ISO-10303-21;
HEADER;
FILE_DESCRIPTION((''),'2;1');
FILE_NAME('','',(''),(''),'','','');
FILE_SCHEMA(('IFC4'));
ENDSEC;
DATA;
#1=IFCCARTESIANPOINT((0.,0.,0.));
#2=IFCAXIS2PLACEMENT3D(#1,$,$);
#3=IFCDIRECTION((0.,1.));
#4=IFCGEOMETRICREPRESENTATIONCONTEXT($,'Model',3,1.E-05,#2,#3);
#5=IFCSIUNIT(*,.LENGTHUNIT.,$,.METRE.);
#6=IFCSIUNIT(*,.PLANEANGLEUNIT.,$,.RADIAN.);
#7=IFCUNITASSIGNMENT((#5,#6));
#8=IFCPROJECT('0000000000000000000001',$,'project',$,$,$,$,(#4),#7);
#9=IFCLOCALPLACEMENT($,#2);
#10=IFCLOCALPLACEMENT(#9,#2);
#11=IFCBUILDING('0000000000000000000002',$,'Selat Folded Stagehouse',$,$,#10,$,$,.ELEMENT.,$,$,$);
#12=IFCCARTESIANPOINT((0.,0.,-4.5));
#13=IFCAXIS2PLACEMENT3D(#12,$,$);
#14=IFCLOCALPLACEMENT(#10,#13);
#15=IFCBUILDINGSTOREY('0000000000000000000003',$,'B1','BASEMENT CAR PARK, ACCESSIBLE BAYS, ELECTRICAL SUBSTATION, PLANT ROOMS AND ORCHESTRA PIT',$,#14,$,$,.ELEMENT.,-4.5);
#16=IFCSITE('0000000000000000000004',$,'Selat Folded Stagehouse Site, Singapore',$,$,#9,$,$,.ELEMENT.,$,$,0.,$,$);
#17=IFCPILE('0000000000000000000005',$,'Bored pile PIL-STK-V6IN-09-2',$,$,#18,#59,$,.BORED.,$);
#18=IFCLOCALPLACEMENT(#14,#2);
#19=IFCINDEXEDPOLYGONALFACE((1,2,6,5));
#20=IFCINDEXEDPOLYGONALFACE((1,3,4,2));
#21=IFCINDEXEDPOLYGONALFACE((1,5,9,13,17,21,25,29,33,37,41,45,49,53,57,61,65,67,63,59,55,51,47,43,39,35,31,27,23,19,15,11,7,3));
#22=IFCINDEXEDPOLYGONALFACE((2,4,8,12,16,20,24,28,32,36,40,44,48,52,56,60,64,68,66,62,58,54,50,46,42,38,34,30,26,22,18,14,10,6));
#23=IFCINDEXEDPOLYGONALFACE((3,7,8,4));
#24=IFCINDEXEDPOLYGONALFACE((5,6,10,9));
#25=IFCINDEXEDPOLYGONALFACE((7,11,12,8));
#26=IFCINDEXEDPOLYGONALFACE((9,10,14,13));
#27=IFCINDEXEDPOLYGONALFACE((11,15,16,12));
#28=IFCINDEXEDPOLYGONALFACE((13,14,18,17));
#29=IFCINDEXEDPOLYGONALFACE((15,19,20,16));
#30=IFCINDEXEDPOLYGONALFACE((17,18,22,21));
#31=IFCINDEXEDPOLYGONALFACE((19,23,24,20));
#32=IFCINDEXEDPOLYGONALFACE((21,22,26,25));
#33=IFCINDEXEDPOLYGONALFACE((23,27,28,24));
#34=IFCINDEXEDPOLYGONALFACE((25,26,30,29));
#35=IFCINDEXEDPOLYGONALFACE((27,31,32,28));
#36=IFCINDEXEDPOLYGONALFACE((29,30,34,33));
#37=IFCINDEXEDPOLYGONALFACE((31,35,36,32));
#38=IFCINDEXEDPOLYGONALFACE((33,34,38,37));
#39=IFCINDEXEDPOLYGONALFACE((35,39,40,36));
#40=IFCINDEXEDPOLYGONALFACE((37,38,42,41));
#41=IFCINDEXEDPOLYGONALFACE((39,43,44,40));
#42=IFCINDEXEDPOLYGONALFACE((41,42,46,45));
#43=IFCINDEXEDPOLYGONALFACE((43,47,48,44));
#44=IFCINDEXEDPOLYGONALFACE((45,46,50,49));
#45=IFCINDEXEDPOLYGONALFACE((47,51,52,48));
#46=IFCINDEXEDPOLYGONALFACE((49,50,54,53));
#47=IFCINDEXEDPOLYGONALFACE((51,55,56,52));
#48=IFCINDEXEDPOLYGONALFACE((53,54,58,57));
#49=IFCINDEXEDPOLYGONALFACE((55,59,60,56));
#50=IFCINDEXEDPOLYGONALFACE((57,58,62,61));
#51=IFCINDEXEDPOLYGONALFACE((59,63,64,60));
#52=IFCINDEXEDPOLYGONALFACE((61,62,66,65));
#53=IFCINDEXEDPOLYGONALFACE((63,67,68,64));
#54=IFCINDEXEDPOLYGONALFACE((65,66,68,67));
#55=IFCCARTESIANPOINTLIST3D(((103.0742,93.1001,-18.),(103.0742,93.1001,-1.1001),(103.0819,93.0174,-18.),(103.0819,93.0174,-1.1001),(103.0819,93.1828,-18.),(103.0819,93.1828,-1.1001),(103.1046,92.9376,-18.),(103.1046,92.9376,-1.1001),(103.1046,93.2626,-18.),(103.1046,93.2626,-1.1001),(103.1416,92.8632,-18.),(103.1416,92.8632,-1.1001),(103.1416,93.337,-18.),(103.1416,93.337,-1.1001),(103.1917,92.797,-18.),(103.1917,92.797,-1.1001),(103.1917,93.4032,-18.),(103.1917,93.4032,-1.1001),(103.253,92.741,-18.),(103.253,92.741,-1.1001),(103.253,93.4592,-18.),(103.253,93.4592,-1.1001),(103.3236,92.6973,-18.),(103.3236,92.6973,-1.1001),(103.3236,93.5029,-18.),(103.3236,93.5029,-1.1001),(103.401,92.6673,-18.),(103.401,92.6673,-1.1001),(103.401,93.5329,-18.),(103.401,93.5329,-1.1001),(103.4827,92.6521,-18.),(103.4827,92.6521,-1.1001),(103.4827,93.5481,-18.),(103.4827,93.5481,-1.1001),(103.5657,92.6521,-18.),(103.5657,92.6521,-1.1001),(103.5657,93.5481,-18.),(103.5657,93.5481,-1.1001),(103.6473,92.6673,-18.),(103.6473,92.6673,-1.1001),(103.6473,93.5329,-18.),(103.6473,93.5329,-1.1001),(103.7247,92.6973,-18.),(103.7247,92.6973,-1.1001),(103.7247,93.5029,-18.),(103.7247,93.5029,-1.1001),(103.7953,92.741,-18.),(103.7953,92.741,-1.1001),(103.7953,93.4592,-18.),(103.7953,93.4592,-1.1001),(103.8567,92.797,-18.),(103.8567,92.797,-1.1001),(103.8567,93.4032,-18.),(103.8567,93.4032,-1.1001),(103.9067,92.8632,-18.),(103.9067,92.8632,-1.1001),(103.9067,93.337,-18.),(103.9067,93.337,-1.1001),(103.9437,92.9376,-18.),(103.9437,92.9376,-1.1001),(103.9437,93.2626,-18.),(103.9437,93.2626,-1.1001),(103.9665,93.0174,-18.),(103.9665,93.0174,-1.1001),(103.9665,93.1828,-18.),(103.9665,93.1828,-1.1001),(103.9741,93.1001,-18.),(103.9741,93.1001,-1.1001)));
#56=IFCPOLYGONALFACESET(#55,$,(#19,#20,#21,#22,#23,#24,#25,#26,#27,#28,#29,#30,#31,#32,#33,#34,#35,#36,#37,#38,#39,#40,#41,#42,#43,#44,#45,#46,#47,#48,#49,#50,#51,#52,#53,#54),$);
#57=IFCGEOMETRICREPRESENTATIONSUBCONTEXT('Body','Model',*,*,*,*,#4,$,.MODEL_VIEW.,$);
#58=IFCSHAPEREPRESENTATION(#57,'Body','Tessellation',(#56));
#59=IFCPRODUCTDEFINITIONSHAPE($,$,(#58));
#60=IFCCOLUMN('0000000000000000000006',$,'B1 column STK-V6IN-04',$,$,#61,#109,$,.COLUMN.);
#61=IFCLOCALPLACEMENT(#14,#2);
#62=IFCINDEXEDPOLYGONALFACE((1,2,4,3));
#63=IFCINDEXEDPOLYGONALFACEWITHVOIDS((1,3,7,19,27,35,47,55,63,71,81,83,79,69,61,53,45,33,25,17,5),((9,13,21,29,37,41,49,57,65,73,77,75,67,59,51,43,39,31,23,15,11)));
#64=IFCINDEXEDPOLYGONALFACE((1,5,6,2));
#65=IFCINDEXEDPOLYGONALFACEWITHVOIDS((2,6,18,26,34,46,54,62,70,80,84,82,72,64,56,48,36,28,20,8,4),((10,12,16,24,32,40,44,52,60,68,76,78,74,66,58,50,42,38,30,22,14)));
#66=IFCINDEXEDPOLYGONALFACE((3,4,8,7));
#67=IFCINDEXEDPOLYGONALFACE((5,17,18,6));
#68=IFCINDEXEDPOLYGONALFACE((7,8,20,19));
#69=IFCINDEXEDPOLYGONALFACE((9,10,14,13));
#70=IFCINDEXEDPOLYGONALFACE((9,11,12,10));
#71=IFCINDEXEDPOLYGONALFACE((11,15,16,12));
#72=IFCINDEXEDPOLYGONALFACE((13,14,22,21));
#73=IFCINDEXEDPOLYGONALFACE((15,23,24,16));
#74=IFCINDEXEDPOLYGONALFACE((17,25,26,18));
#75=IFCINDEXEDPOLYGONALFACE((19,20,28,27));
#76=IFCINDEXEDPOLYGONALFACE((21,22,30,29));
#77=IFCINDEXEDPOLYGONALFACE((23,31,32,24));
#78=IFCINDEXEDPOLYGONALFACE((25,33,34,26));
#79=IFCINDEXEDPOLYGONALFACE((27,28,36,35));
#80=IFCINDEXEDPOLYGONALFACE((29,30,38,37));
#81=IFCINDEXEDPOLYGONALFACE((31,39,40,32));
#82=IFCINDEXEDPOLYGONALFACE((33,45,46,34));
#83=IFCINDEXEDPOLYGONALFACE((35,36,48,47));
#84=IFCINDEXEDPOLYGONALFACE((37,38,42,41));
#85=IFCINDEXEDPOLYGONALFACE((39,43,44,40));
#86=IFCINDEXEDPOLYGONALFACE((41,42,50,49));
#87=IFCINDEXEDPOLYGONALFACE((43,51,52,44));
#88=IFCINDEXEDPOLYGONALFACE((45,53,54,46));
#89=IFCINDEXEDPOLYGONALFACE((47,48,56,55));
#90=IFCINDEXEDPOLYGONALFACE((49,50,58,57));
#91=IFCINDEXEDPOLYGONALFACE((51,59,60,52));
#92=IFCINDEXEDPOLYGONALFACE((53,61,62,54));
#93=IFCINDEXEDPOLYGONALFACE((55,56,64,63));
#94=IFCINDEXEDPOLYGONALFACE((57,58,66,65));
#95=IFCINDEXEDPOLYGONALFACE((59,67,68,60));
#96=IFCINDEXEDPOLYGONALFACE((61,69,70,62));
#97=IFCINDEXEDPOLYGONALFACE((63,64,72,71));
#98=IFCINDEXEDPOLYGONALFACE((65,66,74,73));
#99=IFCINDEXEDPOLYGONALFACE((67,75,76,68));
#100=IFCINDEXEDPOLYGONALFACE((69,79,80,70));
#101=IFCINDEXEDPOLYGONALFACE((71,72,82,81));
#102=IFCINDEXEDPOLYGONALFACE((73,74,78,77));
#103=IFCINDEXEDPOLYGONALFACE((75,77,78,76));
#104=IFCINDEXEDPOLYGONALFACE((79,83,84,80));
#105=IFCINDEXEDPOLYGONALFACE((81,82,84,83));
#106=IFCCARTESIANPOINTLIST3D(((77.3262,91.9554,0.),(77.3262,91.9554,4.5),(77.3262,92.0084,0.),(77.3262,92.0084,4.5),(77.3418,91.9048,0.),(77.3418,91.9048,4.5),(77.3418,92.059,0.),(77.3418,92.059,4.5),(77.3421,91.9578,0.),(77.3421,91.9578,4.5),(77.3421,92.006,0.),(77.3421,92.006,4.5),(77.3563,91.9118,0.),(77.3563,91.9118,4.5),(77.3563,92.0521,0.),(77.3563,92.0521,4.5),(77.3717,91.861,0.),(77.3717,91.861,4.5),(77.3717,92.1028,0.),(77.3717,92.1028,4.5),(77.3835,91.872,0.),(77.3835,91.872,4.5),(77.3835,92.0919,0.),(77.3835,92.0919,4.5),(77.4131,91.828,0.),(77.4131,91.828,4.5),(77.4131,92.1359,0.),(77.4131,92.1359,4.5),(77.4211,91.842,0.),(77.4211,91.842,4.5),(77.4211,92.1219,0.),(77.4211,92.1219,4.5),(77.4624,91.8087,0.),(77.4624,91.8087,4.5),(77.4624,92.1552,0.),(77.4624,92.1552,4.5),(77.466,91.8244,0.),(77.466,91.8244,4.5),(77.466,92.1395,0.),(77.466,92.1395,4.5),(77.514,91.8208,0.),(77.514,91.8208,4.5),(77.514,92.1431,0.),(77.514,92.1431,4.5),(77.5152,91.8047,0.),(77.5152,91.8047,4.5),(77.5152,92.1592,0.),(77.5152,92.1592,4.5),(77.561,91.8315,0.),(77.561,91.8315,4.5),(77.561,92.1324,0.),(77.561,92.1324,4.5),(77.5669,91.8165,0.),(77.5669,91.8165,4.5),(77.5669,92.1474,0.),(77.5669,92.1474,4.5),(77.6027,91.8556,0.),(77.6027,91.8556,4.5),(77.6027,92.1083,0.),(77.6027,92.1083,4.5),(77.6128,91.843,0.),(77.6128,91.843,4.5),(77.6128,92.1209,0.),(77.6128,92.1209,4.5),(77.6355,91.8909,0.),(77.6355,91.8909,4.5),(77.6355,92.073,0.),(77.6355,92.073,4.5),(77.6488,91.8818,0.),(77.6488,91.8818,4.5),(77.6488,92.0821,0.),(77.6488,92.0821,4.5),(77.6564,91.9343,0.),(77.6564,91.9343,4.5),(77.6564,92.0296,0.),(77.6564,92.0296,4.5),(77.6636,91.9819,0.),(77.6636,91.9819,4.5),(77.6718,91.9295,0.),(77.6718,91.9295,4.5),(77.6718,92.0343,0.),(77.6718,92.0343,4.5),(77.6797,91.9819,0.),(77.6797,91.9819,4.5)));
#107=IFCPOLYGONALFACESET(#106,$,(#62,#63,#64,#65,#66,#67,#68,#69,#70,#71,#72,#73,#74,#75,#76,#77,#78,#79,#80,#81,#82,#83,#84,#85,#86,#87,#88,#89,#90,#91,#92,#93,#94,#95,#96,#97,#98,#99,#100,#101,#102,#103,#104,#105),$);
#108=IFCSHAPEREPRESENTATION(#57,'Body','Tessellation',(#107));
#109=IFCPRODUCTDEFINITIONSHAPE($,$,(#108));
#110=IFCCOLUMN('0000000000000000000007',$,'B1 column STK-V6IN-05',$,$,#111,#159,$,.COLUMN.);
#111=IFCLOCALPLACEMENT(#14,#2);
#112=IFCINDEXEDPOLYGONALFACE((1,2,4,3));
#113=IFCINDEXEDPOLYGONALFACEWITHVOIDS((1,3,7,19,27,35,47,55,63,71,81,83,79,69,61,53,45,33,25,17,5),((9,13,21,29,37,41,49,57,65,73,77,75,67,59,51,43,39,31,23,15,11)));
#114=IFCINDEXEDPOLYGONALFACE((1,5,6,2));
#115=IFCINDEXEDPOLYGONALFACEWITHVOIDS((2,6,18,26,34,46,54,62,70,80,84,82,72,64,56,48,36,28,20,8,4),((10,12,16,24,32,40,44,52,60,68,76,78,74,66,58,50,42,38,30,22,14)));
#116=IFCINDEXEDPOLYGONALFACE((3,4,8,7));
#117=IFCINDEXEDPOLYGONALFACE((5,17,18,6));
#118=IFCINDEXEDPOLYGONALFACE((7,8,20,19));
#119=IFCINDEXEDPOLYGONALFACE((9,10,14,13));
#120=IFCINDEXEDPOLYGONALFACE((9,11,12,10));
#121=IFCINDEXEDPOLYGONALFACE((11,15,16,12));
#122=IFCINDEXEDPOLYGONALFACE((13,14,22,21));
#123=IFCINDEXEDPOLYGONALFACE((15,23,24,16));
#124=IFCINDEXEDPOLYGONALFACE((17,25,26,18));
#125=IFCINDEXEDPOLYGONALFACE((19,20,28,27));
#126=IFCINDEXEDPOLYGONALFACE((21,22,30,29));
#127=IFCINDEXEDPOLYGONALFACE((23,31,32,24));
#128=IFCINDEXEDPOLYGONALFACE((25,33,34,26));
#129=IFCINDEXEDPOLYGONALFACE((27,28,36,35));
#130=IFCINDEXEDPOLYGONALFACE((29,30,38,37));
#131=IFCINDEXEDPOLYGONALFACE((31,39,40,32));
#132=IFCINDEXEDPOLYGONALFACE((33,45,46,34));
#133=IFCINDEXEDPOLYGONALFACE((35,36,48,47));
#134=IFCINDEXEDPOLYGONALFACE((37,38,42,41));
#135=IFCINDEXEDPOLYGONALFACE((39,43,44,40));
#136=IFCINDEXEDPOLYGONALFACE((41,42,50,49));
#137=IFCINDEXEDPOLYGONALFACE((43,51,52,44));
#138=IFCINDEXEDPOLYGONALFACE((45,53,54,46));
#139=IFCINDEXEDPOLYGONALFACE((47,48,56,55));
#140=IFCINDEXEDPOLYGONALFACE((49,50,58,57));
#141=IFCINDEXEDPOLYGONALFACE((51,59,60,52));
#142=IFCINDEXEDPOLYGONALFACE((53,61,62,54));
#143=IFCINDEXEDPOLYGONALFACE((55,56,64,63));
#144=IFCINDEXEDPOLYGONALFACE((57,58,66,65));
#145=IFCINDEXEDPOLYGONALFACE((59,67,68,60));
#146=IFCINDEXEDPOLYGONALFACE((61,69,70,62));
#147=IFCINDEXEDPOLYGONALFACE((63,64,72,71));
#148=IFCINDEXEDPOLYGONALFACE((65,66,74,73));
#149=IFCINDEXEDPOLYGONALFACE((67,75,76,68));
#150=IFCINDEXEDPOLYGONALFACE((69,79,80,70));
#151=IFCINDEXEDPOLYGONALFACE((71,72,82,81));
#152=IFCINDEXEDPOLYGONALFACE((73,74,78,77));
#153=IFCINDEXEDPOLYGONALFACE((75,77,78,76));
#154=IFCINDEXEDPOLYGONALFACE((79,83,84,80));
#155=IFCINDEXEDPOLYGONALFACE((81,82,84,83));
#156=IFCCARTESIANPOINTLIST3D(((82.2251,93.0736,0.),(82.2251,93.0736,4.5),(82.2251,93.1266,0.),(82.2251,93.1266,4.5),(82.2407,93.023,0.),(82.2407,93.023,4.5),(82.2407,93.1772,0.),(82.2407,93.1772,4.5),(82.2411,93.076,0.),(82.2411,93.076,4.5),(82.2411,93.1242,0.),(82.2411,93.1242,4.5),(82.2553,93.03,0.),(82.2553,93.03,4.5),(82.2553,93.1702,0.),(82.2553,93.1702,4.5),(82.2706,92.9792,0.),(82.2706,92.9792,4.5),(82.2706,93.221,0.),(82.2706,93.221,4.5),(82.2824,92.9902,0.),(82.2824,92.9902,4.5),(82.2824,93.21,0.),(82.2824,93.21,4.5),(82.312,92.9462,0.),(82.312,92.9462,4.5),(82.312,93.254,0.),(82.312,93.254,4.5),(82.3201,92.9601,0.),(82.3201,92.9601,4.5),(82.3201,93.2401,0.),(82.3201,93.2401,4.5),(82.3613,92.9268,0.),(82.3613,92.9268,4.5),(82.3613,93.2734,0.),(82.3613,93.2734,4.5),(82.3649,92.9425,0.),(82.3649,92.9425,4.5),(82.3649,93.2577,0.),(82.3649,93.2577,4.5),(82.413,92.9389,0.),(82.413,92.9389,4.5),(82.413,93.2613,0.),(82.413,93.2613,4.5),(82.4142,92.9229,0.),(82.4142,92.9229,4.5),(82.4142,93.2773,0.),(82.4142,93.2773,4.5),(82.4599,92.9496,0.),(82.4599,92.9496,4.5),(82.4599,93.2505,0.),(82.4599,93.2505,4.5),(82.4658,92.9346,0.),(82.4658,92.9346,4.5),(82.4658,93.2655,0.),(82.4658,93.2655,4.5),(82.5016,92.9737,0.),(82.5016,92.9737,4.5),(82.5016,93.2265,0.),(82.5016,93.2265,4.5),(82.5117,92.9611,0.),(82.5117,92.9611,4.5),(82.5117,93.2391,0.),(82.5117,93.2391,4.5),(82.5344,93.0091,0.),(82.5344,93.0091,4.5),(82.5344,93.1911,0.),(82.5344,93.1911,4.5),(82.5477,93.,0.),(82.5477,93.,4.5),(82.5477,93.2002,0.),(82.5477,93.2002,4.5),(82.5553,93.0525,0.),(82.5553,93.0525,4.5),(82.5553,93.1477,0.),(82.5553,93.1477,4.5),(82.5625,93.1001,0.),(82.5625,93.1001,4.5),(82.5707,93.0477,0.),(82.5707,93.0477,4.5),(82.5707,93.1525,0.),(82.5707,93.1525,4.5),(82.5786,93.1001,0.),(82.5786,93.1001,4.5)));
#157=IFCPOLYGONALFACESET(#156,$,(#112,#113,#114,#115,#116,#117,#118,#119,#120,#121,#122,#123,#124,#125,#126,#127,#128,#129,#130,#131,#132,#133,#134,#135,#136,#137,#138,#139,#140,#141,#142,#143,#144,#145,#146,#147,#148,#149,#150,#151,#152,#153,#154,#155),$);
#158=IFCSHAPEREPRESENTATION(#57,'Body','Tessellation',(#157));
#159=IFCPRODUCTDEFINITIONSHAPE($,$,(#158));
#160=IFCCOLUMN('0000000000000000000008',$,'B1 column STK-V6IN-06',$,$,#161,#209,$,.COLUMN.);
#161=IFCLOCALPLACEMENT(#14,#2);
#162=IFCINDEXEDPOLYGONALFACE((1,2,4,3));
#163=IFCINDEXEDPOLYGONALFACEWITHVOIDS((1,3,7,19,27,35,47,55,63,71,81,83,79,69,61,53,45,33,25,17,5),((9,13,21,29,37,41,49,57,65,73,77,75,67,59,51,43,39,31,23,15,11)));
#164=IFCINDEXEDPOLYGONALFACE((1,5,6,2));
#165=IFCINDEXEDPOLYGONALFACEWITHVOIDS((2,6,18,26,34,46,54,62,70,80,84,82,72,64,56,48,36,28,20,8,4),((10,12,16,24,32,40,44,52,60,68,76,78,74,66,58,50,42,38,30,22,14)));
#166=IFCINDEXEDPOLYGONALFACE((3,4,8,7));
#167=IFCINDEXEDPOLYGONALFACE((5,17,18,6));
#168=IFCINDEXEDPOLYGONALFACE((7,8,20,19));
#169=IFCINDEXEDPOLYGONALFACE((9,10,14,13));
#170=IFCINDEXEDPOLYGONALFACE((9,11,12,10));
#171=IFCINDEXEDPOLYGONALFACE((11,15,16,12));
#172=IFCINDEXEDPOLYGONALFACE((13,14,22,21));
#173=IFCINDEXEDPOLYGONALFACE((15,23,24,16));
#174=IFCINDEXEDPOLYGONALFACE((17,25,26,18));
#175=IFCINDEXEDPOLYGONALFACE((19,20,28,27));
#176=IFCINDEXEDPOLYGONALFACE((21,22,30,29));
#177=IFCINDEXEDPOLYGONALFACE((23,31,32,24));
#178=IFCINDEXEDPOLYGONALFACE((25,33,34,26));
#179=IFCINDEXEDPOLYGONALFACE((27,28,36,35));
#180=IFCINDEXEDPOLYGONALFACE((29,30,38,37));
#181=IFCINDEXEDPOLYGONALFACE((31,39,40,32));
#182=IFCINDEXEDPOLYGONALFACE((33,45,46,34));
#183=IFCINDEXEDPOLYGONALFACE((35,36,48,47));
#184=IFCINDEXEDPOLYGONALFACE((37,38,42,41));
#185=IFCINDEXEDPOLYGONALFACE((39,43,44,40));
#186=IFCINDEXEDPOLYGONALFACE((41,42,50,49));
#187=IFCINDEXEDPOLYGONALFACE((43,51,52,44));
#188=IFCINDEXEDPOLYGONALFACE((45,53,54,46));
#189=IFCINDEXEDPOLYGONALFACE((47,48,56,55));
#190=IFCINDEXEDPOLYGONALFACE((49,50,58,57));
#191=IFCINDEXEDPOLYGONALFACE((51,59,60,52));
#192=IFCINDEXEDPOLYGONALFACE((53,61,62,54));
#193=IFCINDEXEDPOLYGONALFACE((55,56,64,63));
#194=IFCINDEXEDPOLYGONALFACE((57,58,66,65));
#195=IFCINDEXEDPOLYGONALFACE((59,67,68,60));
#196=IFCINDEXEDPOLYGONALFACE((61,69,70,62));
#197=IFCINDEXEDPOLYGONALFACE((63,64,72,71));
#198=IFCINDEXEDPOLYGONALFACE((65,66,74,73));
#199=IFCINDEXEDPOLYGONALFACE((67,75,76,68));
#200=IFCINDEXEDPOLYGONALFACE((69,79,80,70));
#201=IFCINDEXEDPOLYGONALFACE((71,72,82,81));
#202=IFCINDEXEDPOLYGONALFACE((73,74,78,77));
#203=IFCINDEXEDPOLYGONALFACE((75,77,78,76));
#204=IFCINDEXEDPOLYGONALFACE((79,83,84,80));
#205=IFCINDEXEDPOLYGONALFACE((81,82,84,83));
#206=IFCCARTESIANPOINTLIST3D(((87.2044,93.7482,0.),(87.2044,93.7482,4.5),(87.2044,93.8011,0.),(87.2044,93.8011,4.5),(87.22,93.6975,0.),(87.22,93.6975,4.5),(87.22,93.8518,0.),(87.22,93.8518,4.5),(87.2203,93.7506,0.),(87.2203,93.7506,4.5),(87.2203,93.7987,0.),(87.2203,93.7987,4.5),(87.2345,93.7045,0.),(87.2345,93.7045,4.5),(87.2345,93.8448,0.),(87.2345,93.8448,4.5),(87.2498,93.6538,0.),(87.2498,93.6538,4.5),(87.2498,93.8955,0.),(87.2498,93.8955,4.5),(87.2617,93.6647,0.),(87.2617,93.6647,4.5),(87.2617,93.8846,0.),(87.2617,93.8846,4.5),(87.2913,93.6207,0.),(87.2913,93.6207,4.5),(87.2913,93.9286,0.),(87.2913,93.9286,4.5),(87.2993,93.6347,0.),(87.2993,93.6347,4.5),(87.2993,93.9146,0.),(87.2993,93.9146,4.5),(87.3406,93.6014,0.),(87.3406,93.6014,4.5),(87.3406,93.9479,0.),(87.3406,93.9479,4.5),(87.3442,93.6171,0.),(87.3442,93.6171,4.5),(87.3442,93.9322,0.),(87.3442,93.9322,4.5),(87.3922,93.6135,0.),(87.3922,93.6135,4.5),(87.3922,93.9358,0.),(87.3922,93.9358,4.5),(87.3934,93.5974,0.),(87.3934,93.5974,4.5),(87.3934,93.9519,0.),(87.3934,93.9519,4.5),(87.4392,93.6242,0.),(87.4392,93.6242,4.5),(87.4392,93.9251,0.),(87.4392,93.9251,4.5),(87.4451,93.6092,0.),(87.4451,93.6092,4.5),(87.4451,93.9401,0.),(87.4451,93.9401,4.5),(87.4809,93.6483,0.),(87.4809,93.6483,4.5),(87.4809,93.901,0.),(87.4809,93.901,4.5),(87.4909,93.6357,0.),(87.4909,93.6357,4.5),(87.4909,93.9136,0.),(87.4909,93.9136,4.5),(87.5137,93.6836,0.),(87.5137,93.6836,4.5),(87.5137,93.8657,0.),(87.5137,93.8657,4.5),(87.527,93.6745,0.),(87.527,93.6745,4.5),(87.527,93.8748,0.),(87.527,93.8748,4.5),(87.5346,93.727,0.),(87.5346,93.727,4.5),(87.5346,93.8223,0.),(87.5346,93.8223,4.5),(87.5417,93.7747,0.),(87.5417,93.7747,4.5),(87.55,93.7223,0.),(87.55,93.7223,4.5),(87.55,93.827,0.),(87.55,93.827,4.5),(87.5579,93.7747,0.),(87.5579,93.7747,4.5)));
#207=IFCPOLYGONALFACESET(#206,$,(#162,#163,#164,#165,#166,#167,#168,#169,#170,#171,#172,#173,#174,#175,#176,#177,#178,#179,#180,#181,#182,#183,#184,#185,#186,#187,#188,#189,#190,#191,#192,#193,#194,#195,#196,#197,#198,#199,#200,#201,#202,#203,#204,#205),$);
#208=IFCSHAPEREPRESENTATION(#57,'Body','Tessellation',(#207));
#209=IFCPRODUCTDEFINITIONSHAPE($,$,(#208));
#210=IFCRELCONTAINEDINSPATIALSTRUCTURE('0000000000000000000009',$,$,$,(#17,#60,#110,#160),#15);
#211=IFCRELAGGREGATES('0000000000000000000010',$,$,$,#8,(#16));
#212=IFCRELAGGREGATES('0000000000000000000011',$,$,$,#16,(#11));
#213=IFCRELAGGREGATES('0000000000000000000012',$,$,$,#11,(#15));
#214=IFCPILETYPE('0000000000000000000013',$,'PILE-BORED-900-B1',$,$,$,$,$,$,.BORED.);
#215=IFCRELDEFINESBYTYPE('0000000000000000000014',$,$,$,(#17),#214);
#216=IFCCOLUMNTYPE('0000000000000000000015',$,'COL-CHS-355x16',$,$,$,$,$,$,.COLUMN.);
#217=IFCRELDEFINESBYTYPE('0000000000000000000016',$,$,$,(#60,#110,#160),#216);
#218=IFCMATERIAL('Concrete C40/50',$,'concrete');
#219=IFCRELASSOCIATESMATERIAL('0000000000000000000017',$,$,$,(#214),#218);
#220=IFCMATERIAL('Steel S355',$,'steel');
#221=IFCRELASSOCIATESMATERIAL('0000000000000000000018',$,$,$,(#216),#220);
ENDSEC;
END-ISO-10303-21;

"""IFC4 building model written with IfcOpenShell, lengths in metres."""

from ifc_helpers import new_model, si_unit, direction, frame, origin, origin_2d, place, context, subcontext, project, spatial, circle, hollow_circle, extrude, material, material_profile, profile_set, type_object, element, save


model = new_model("IFC4")

# Units and contexts
model_context = context("Model", 3, precision=1e-05, world=origin(), true_north=direction((0.0, 1.0)))
body_context = subcontext(model_context, "Body", "Model", "MODEL_VIEW")
ifc_project = project(units=[si_unit("LENGTHUNIT", "METRE"), si_unit("PLANEANGLEUNIT", "RADIAN")], contexts=[model_context])

# Site, building, storey
site_placement = place(None, origin())
site = spatial("IfcSite", under=ifc_project, at=site_placement, Name="Selat Folded Stagehouse Site, Singapore", CompositionType="ELEMENT", RefElevation=0.0)
building_placement = place(site_placement, origin())
building = spatial("IfcBuilding", under=site, at=building_placement, Name="Selat Folded Stagehouse", CompositionType="ELEMENT")
storey_placement = place(building_placement, frame((0.0, 0.0, -4.5)))
storey = spatial("IfcBuildingStorey", under=building, at=storey_placement, Name="B1", Description="BASEMENT CAR PARK, ACCESSIBLE BAYS, ELECTRICAL SUBSTATION, PLANT ROOMS AND ORCHESTRA PIT", CompositionType="ELEMENT", Elevation=-4.5)

# Shared definitions
ifc_material_1 = material(Name="Concrete C40/50", Category="concrete")

# Pile
ifc_material_profile_1 = material_profile(ifc_material_1, circle(Radius=0.45, at=origin_2d()), Name="PILE D900")
ifc_profile_set_1 = profile_set([ifc_material_profile_1], Name="Concrete C40/50")
pile_type = type_object("IfcPileType", Name="PILE-BORED-900-B1", PredefinedType="BORED", material=ifc_profile_set_1)
for number, where, z_axis, x_axis, name in (
    (1, (103.5242, 93.1001, -1.1001), (0.0, 0.0, -1.0), (1.0, 0.0, 0.0), "Bored pile PIL-STK-V6IN-09-2"),
):
    element("IfcPile", number, at=place(storey_placement, frame(where, z_axis=z_axis, x_axis=x_axis)), inside=storey, type_object=pile_type, Name=name, PredefinedType="BORED", context=body_context, shape_type="SweptSolid", body=[
        extrude(circle(Radius=0.45, at=origin_2d()), origin(), (0.0, 0.0, 1.0), 16.8999),
    ])

# Columns
ifc_material_2 = material(Name="Steel S355", Category="steel")
ifc_material_profile_2 = material_profile(ifc_material_2, hollow_circle(Radius=0.1777, WallThickness=0.0161, at=origin_2d()), Name="CHS 355.6x16.0")
ifc_profile_set_2 = profile_set([ifc_material_profile_2], Name="Steel S355")
column_type = type_object("IfcColumnType", Name="COL-CHS-355x16", PredefinedType="COLUMN", material=ifc_profile_set_2)
for number, where, z_axis, x_axis, name in (
    (2, (77.502, 91.9819, 0.0), (0.0, 0.0, 1.0), (1.0, 0.0, 0.0), "B1 column STK-V6IN-04"),
    (3, (82.4009, 93.1001, 0.0), (0.0, 0.0, 1.0), (1.0, 0.0, 0.0), "B1 column STK-V6IN-05"),
    (4, (87.3801, 93.7747, 0.0), (0.0, 0.0, 1.0), (1.0, 0.0, 0.0), "B1 column STK-V6IN-06"),
):
    element("IfcColumn", number, at=place(storey_placement, frame(where, z_axis=z_axis, x_axis=x_axis)), inside=storey, type_object=column_type, Name=name, PredefinedType="COLUMN", context=body_context, shape_type="SweptSolid", body=[
        extrude(hollow_circle(Radius=0.1777, WallThickness=0.0161, at=origin_2d()), origin(), (0.0, 0.0, 1.0), 4.5),
    ])

save(model, "model.ifc")
